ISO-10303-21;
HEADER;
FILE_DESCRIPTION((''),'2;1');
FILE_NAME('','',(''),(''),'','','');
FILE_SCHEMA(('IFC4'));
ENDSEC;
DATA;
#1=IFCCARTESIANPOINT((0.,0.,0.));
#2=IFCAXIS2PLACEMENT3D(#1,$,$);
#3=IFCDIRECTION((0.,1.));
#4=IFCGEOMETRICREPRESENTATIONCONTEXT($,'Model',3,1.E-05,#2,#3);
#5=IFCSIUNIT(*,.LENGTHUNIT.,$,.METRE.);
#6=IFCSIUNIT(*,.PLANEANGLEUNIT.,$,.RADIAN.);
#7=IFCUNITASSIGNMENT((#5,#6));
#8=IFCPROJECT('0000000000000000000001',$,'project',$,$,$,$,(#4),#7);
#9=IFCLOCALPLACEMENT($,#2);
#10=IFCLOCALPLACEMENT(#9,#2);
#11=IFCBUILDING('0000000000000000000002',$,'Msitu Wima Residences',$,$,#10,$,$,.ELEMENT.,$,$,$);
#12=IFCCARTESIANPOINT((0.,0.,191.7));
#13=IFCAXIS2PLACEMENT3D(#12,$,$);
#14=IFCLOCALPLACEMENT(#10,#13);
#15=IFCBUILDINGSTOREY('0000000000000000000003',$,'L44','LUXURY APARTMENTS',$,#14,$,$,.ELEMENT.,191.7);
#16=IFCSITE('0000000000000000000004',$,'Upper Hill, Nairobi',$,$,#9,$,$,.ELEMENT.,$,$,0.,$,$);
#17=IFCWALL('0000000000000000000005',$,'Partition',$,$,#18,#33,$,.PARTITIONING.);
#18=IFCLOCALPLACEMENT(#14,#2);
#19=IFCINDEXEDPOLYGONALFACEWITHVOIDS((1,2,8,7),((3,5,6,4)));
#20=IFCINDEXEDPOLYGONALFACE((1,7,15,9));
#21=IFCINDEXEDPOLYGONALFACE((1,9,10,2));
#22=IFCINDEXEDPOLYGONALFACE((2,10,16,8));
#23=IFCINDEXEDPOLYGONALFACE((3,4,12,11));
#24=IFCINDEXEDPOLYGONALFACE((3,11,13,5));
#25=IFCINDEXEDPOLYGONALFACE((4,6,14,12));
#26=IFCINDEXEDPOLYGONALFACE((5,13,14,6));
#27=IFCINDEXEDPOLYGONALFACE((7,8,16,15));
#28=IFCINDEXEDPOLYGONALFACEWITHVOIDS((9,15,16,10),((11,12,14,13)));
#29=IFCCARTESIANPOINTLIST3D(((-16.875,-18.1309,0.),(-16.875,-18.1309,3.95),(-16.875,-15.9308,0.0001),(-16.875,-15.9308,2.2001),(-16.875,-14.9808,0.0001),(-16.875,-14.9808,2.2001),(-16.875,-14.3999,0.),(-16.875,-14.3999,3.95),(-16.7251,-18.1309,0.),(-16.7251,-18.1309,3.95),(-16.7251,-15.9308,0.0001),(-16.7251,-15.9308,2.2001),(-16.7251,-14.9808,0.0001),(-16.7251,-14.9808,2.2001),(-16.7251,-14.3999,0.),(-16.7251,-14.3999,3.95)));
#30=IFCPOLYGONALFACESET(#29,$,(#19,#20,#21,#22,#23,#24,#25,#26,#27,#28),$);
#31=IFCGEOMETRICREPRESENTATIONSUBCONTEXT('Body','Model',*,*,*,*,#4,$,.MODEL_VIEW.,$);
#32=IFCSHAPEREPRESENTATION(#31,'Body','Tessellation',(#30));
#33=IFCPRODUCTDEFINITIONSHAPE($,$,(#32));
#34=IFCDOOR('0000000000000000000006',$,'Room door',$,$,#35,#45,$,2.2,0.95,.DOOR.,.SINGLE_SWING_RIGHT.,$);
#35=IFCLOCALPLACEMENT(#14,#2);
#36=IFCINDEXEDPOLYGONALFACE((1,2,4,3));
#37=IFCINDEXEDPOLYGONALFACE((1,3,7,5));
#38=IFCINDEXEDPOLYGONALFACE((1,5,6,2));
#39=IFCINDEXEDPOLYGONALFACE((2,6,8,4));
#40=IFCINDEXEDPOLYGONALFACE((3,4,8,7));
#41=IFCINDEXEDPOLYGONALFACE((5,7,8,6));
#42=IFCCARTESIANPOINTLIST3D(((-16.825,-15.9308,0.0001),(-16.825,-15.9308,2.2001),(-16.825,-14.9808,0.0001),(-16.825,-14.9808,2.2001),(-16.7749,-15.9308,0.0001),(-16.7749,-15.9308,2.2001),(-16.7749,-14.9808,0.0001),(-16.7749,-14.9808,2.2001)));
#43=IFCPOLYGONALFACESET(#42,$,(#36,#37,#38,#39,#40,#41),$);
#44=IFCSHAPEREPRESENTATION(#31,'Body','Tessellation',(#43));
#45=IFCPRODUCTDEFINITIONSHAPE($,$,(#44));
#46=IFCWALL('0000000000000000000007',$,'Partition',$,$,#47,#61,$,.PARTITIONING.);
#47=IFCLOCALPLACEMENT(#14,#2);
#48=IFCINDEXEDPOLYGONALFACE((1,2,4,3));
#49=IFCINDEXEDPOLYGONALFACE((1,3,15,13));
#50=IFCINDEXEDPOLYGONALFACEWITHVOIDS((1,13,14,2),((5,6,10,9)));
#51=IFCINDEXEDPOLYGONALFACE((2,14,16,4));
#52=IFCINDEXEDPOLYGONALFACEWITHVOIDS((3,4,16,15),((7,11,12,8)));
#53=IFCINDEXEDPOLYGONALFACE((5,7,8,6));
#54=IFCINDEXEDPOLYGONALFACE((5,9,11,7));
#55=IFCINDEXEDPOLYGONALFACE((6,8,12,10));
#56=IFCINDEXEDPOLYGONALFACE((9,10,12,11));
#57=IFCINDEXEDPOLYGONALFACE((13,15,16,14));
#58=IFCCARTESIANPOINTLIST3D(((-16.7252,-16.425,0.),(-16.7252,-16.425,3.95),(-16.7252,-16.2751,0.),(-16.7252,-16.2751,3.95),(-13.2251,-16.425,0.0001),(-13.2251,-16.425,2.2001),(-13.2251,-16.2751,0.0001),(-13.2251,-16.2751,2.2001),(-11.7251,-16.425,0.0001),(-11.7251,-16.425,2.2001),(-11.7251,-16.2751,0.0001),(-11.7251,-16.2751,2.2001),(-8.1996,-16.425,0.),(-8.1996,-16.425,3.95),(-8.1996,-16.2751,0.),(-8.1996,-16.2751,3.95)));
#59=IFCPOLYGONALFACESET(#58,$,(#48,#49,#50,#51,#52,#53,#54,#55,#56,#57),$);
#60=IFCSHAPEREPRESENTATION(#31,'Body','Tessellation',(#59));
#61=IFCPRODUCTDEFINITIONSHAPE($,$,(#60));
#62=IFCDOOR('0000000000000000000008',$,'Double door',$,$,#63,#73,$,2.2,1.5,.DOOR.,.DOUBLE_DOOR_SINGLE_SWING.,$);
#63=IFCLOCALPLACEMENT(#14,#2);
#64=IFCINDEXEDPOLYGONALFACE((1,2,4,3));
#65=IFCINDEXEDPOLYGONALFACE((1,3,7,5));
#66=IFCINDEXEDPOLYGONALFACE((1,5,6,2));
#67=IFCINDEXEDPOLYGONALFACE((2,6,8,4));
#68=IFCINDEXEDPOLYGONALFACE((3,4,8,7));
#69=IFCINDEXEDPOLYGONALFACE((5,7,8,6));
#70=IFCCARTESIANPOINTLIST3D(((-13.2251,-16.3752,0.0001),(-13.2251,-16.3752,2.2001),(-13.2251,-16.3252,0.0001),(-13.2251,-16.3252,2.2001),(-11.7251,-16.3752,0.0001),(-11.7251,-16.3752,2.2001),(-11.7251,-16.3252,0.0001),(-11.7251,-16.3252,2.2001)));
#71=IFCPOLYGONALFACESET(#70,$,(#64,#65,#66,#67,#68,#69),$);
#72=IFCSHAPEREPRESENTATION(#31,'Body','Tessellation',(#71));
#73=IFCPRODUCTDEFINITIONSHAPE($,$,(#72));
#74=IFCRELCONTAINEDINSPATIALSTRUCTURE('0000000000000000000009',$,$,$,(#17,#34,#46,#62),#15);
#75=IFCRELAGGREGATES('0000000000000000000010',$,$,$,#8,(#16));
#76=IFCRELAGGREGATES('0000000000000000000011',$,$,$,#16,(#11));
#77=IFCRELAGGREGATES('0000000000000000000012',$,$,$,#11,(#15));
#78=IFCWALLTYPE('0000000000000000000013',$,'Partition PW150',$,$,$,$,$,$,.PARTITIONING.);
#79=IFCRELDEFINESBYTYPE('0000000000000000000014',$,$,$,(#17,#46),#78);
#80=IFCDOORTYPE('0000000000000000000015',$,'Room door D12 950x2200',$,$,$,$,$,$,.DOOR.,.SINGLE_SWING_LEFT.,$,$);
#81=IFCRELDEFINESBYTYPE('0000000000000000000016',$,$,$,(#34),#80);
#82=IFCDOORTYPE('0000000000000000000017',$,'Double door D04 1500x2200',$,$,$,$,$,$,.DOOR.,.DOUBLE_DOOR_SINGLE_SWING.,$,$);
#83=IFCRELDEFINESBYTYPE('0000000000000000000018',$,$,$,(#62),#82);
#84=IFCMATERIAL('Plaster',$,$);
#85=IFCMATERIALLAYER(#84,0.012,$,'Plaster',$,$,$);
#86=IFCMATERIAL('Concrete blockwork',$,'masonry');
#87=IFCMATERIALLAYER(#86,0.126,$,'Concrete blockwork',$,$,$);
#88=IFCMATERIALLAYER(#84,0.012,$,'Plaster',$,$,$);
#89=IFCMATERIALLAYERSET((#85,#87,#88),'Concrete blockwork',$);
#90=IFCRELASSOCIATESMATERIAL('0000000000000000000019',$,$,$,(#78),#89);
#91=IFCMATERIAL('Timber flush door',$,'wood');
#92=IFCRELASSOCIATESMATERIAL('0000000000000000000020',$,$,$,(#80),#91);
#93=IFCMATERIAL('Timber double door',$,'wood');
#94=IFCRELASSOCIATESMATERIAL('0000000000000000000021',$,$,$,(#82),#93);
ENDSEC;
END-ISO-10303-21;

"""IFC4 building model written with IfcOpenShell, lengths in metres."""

from ifc_helpers import new_model, si_unit, direction, frame, frame_2d, origin, place, context, subcontext, project, spatial, rectangle, extrude, material, layer, layer_set, type_object, element, fill, save


model = new_model("IFC4")

# Units and contexts
model_context = context("Model", 3, precision=1e-05, world=origin(), true_north=direction((0.0, 1.0)))
body_context = subcontext(model_context, "Body", "Model", "MODEL_VIEW")
ifc_project = project(units=[si_unit("LENGTHUNIT", "METRE"), si_unit("PLANEANGLEUNIT", "RADIAN")], contexts=[model_context])

# Site, building, storey
site_placement = place(None, origin())
site = spatial("IfcSite", under=ifc_project, at=site_placement, Name="Upper Hill, Nairobi", CompositionType="ELEMENT", RefElevation=0.0)
building_placement = place(site_placement, origin())
building = spatial("IfcBuilding", under=site, at=building_placement, Name="Msitu Wima Residences", CompositionType="ELEMENT")
storey_placement = place(building_placement, frame((0.0, 0.0, 191.7)))
storey = spatial("IfcBuildingStorey", under=building, at=storey_placement, Name="L44", Description="LUXURY APARTMENTS", CompositionType="ELEMENT", Elevation=191.7)

# Shared definitions
ifc_material_1 = material(Name="Plaster")
ifc_material_2 = material(Name="Concrete blockwork", Category="masonry")

# Shared definitions
ifc_layer_1 = layer(ifc_material_1, 0.012, Name="Plaster")
ifc_layer_2 = layer(ifc_material_2, 0.126, Name="Concrete blockwork")
ifc_layer_3 = layer(ifc_material_1, 0.012, Name="Plaster")
ifc_layer_set_1 = layer_set([ifc_layer_1, ifc_layer_2, ifc_layer_3], Name="Concrete blockwork")
wall_type_1 = type_object("IfcWallType", Name="Partition PW150", PredefinedType="PARTITIONING", material=ifc_layer_set_1)

# Shared definitions
ifc_material_3 = material(Name="Timber flush door", Category="wood")
door_type_1 = type_object("IfcDoorType", Name="Room door D12 950x2200", OperationType="SINGLE_SWING_LEFT", PredefinedType="DOOR", material=ifc_material_3)

# Walls, openings, doors
wall_1_placement = place(storey_placement, frame((-16.8, -18.1309, 0.0), z_axis=(0.0, 0.0, 1.0), x_axis=(0.0, 1.0, 0.0)))
wall_1 = element("IfcWall", 1, at=wall_1_placement, inside=storey, type_object=wall_type_1, Name="Partition", PredefinedType="PARTITIONING", context=body_context, shape_type="SweptSolid", body=[
    extrude(rectangle(XDim=3.731, YDim=0.1499, at=frame_2d((1.8655, 0.0))), origin(), (0.0, 0.0, 1.0), 3.95),
])
opening_1_placement = place(wall_1_placement, frame((2.2, 0.0, 0.0)))
opening_1 = element("IfcOpeningElement", 2, at=opening_1_placement, cuts=wall_1, PredefinedType="OPENING", context=body_context, shape_type="SweptSolid", body=[
    extrude(rectangle(XDim=0.95, YDim=2.2, at=frame_2d((0.4751, 1.1001))), frame((0.0, 0.085, 0.0), z_axis=(0.0, -1.0, 0.0), x_axis=(1.0, 0.0, 0.0)), (0.0, 0.0, 1.0), 0.1699),
])
door_1_placement = place(opening_1_placement, origin())
door_1 = element("IfcDoor", 3, at=door_1_placement, inside=storey, type_object=door_type_1, Name="Room door", OperationType="SINGLE_SWING_RIGHT", OverallHeight=2.2, OverallWidth=0.95, PredefinedType="DOOR", context=body_context, shape_type="SweptSolid", body=[
    extrude(rectangle(XDim=0.95, YDim=2.2, at=frame_2d((0.4751, 1.1001))), frame((0.0, 0.0249, 0.0), z_axis=(0.0, -1.0, 0.0), x_axis=(1.0, 0.0, 0.0)), (0.0, 0.0, 1.0), 0.05),
])
fill(opening_1, door_1)
wall_2_placement = place(storey_placement, frame((-16.7251, -16.3501, 0.0), z_axis=(0.0, 0.0, 1.0), x_axis=(1.0, 0.0, 0.0)))
wall_2 = element("IfcWall", 4, at=wall_2_placement, inside=storey, type_object=wall_type_1, Name="Partition", PredefinedType="PARTITIONING", context=body_context, shape_type="SweptSolid", body=[
    extrude(rectangle(XDim=8.5256, YDim=0.1499, at=frame_2d((4.2627, 0.0))), origin(), (0.0, 0.0, 1.0), 3.95),
])
opening_2_placement = place(wall_2_placement, frame((3.5, 0.0, 0.0)))
opening_2 = element("IfcOpeningElement", 5, at=opening_2_placement, cuts=wall_2, PredefinedType="OPENING", context=body_context, shape_type="SweptSolid", body=[
    extrude(rectangle(XDim=1.5, YDim=2.2, at=frame_2d((0.75, 1.1001))), frame((0.0, 0.085, 0.0), z_axis=(0.0, -1.0, 0.0), x_axis=(1.0, 0.0, 0.0)), (0.0, 0.0, 1.0), 0.1699),
])
ifc_material_4 = material(Name="Timber double door", Category="wood")
door_type_2 = type_object("IfcDoorType", Name="Double door D04 1500x2200", OperationType="DOUBLE_DOOR_SINGLE_SWING", PredefinedType="DOOR", material=ifc_material_4)
door_2_placement = place(opening_2_placement, origin())
door_2 = element("IfcDoor", 6, at=door_2_placement, inside=storey, type_object=door_type_2, Name="Double door", OperationType="DOUBLE_DOOR_SINGLE_SWING", OverallHeight=2.2, OverallWidth=1.5, PredefinedType="DOOR", context=body_context, shape_type="SweptSolid", body=[
    extrude(rectangle(XDim=1.5, YDim=2.2, at=frame_2d((0.75, 1.1001))), frame((0.0, 0.0249, 0.0), z_axis=(0.0, -1.0, 0.0), x_axis=(1.0, 0.0, 0.0)), (0.0, 0.0, 1.0), 0.05),
])
fill(opening_2, door_2)

save(model, "model.ifc")
